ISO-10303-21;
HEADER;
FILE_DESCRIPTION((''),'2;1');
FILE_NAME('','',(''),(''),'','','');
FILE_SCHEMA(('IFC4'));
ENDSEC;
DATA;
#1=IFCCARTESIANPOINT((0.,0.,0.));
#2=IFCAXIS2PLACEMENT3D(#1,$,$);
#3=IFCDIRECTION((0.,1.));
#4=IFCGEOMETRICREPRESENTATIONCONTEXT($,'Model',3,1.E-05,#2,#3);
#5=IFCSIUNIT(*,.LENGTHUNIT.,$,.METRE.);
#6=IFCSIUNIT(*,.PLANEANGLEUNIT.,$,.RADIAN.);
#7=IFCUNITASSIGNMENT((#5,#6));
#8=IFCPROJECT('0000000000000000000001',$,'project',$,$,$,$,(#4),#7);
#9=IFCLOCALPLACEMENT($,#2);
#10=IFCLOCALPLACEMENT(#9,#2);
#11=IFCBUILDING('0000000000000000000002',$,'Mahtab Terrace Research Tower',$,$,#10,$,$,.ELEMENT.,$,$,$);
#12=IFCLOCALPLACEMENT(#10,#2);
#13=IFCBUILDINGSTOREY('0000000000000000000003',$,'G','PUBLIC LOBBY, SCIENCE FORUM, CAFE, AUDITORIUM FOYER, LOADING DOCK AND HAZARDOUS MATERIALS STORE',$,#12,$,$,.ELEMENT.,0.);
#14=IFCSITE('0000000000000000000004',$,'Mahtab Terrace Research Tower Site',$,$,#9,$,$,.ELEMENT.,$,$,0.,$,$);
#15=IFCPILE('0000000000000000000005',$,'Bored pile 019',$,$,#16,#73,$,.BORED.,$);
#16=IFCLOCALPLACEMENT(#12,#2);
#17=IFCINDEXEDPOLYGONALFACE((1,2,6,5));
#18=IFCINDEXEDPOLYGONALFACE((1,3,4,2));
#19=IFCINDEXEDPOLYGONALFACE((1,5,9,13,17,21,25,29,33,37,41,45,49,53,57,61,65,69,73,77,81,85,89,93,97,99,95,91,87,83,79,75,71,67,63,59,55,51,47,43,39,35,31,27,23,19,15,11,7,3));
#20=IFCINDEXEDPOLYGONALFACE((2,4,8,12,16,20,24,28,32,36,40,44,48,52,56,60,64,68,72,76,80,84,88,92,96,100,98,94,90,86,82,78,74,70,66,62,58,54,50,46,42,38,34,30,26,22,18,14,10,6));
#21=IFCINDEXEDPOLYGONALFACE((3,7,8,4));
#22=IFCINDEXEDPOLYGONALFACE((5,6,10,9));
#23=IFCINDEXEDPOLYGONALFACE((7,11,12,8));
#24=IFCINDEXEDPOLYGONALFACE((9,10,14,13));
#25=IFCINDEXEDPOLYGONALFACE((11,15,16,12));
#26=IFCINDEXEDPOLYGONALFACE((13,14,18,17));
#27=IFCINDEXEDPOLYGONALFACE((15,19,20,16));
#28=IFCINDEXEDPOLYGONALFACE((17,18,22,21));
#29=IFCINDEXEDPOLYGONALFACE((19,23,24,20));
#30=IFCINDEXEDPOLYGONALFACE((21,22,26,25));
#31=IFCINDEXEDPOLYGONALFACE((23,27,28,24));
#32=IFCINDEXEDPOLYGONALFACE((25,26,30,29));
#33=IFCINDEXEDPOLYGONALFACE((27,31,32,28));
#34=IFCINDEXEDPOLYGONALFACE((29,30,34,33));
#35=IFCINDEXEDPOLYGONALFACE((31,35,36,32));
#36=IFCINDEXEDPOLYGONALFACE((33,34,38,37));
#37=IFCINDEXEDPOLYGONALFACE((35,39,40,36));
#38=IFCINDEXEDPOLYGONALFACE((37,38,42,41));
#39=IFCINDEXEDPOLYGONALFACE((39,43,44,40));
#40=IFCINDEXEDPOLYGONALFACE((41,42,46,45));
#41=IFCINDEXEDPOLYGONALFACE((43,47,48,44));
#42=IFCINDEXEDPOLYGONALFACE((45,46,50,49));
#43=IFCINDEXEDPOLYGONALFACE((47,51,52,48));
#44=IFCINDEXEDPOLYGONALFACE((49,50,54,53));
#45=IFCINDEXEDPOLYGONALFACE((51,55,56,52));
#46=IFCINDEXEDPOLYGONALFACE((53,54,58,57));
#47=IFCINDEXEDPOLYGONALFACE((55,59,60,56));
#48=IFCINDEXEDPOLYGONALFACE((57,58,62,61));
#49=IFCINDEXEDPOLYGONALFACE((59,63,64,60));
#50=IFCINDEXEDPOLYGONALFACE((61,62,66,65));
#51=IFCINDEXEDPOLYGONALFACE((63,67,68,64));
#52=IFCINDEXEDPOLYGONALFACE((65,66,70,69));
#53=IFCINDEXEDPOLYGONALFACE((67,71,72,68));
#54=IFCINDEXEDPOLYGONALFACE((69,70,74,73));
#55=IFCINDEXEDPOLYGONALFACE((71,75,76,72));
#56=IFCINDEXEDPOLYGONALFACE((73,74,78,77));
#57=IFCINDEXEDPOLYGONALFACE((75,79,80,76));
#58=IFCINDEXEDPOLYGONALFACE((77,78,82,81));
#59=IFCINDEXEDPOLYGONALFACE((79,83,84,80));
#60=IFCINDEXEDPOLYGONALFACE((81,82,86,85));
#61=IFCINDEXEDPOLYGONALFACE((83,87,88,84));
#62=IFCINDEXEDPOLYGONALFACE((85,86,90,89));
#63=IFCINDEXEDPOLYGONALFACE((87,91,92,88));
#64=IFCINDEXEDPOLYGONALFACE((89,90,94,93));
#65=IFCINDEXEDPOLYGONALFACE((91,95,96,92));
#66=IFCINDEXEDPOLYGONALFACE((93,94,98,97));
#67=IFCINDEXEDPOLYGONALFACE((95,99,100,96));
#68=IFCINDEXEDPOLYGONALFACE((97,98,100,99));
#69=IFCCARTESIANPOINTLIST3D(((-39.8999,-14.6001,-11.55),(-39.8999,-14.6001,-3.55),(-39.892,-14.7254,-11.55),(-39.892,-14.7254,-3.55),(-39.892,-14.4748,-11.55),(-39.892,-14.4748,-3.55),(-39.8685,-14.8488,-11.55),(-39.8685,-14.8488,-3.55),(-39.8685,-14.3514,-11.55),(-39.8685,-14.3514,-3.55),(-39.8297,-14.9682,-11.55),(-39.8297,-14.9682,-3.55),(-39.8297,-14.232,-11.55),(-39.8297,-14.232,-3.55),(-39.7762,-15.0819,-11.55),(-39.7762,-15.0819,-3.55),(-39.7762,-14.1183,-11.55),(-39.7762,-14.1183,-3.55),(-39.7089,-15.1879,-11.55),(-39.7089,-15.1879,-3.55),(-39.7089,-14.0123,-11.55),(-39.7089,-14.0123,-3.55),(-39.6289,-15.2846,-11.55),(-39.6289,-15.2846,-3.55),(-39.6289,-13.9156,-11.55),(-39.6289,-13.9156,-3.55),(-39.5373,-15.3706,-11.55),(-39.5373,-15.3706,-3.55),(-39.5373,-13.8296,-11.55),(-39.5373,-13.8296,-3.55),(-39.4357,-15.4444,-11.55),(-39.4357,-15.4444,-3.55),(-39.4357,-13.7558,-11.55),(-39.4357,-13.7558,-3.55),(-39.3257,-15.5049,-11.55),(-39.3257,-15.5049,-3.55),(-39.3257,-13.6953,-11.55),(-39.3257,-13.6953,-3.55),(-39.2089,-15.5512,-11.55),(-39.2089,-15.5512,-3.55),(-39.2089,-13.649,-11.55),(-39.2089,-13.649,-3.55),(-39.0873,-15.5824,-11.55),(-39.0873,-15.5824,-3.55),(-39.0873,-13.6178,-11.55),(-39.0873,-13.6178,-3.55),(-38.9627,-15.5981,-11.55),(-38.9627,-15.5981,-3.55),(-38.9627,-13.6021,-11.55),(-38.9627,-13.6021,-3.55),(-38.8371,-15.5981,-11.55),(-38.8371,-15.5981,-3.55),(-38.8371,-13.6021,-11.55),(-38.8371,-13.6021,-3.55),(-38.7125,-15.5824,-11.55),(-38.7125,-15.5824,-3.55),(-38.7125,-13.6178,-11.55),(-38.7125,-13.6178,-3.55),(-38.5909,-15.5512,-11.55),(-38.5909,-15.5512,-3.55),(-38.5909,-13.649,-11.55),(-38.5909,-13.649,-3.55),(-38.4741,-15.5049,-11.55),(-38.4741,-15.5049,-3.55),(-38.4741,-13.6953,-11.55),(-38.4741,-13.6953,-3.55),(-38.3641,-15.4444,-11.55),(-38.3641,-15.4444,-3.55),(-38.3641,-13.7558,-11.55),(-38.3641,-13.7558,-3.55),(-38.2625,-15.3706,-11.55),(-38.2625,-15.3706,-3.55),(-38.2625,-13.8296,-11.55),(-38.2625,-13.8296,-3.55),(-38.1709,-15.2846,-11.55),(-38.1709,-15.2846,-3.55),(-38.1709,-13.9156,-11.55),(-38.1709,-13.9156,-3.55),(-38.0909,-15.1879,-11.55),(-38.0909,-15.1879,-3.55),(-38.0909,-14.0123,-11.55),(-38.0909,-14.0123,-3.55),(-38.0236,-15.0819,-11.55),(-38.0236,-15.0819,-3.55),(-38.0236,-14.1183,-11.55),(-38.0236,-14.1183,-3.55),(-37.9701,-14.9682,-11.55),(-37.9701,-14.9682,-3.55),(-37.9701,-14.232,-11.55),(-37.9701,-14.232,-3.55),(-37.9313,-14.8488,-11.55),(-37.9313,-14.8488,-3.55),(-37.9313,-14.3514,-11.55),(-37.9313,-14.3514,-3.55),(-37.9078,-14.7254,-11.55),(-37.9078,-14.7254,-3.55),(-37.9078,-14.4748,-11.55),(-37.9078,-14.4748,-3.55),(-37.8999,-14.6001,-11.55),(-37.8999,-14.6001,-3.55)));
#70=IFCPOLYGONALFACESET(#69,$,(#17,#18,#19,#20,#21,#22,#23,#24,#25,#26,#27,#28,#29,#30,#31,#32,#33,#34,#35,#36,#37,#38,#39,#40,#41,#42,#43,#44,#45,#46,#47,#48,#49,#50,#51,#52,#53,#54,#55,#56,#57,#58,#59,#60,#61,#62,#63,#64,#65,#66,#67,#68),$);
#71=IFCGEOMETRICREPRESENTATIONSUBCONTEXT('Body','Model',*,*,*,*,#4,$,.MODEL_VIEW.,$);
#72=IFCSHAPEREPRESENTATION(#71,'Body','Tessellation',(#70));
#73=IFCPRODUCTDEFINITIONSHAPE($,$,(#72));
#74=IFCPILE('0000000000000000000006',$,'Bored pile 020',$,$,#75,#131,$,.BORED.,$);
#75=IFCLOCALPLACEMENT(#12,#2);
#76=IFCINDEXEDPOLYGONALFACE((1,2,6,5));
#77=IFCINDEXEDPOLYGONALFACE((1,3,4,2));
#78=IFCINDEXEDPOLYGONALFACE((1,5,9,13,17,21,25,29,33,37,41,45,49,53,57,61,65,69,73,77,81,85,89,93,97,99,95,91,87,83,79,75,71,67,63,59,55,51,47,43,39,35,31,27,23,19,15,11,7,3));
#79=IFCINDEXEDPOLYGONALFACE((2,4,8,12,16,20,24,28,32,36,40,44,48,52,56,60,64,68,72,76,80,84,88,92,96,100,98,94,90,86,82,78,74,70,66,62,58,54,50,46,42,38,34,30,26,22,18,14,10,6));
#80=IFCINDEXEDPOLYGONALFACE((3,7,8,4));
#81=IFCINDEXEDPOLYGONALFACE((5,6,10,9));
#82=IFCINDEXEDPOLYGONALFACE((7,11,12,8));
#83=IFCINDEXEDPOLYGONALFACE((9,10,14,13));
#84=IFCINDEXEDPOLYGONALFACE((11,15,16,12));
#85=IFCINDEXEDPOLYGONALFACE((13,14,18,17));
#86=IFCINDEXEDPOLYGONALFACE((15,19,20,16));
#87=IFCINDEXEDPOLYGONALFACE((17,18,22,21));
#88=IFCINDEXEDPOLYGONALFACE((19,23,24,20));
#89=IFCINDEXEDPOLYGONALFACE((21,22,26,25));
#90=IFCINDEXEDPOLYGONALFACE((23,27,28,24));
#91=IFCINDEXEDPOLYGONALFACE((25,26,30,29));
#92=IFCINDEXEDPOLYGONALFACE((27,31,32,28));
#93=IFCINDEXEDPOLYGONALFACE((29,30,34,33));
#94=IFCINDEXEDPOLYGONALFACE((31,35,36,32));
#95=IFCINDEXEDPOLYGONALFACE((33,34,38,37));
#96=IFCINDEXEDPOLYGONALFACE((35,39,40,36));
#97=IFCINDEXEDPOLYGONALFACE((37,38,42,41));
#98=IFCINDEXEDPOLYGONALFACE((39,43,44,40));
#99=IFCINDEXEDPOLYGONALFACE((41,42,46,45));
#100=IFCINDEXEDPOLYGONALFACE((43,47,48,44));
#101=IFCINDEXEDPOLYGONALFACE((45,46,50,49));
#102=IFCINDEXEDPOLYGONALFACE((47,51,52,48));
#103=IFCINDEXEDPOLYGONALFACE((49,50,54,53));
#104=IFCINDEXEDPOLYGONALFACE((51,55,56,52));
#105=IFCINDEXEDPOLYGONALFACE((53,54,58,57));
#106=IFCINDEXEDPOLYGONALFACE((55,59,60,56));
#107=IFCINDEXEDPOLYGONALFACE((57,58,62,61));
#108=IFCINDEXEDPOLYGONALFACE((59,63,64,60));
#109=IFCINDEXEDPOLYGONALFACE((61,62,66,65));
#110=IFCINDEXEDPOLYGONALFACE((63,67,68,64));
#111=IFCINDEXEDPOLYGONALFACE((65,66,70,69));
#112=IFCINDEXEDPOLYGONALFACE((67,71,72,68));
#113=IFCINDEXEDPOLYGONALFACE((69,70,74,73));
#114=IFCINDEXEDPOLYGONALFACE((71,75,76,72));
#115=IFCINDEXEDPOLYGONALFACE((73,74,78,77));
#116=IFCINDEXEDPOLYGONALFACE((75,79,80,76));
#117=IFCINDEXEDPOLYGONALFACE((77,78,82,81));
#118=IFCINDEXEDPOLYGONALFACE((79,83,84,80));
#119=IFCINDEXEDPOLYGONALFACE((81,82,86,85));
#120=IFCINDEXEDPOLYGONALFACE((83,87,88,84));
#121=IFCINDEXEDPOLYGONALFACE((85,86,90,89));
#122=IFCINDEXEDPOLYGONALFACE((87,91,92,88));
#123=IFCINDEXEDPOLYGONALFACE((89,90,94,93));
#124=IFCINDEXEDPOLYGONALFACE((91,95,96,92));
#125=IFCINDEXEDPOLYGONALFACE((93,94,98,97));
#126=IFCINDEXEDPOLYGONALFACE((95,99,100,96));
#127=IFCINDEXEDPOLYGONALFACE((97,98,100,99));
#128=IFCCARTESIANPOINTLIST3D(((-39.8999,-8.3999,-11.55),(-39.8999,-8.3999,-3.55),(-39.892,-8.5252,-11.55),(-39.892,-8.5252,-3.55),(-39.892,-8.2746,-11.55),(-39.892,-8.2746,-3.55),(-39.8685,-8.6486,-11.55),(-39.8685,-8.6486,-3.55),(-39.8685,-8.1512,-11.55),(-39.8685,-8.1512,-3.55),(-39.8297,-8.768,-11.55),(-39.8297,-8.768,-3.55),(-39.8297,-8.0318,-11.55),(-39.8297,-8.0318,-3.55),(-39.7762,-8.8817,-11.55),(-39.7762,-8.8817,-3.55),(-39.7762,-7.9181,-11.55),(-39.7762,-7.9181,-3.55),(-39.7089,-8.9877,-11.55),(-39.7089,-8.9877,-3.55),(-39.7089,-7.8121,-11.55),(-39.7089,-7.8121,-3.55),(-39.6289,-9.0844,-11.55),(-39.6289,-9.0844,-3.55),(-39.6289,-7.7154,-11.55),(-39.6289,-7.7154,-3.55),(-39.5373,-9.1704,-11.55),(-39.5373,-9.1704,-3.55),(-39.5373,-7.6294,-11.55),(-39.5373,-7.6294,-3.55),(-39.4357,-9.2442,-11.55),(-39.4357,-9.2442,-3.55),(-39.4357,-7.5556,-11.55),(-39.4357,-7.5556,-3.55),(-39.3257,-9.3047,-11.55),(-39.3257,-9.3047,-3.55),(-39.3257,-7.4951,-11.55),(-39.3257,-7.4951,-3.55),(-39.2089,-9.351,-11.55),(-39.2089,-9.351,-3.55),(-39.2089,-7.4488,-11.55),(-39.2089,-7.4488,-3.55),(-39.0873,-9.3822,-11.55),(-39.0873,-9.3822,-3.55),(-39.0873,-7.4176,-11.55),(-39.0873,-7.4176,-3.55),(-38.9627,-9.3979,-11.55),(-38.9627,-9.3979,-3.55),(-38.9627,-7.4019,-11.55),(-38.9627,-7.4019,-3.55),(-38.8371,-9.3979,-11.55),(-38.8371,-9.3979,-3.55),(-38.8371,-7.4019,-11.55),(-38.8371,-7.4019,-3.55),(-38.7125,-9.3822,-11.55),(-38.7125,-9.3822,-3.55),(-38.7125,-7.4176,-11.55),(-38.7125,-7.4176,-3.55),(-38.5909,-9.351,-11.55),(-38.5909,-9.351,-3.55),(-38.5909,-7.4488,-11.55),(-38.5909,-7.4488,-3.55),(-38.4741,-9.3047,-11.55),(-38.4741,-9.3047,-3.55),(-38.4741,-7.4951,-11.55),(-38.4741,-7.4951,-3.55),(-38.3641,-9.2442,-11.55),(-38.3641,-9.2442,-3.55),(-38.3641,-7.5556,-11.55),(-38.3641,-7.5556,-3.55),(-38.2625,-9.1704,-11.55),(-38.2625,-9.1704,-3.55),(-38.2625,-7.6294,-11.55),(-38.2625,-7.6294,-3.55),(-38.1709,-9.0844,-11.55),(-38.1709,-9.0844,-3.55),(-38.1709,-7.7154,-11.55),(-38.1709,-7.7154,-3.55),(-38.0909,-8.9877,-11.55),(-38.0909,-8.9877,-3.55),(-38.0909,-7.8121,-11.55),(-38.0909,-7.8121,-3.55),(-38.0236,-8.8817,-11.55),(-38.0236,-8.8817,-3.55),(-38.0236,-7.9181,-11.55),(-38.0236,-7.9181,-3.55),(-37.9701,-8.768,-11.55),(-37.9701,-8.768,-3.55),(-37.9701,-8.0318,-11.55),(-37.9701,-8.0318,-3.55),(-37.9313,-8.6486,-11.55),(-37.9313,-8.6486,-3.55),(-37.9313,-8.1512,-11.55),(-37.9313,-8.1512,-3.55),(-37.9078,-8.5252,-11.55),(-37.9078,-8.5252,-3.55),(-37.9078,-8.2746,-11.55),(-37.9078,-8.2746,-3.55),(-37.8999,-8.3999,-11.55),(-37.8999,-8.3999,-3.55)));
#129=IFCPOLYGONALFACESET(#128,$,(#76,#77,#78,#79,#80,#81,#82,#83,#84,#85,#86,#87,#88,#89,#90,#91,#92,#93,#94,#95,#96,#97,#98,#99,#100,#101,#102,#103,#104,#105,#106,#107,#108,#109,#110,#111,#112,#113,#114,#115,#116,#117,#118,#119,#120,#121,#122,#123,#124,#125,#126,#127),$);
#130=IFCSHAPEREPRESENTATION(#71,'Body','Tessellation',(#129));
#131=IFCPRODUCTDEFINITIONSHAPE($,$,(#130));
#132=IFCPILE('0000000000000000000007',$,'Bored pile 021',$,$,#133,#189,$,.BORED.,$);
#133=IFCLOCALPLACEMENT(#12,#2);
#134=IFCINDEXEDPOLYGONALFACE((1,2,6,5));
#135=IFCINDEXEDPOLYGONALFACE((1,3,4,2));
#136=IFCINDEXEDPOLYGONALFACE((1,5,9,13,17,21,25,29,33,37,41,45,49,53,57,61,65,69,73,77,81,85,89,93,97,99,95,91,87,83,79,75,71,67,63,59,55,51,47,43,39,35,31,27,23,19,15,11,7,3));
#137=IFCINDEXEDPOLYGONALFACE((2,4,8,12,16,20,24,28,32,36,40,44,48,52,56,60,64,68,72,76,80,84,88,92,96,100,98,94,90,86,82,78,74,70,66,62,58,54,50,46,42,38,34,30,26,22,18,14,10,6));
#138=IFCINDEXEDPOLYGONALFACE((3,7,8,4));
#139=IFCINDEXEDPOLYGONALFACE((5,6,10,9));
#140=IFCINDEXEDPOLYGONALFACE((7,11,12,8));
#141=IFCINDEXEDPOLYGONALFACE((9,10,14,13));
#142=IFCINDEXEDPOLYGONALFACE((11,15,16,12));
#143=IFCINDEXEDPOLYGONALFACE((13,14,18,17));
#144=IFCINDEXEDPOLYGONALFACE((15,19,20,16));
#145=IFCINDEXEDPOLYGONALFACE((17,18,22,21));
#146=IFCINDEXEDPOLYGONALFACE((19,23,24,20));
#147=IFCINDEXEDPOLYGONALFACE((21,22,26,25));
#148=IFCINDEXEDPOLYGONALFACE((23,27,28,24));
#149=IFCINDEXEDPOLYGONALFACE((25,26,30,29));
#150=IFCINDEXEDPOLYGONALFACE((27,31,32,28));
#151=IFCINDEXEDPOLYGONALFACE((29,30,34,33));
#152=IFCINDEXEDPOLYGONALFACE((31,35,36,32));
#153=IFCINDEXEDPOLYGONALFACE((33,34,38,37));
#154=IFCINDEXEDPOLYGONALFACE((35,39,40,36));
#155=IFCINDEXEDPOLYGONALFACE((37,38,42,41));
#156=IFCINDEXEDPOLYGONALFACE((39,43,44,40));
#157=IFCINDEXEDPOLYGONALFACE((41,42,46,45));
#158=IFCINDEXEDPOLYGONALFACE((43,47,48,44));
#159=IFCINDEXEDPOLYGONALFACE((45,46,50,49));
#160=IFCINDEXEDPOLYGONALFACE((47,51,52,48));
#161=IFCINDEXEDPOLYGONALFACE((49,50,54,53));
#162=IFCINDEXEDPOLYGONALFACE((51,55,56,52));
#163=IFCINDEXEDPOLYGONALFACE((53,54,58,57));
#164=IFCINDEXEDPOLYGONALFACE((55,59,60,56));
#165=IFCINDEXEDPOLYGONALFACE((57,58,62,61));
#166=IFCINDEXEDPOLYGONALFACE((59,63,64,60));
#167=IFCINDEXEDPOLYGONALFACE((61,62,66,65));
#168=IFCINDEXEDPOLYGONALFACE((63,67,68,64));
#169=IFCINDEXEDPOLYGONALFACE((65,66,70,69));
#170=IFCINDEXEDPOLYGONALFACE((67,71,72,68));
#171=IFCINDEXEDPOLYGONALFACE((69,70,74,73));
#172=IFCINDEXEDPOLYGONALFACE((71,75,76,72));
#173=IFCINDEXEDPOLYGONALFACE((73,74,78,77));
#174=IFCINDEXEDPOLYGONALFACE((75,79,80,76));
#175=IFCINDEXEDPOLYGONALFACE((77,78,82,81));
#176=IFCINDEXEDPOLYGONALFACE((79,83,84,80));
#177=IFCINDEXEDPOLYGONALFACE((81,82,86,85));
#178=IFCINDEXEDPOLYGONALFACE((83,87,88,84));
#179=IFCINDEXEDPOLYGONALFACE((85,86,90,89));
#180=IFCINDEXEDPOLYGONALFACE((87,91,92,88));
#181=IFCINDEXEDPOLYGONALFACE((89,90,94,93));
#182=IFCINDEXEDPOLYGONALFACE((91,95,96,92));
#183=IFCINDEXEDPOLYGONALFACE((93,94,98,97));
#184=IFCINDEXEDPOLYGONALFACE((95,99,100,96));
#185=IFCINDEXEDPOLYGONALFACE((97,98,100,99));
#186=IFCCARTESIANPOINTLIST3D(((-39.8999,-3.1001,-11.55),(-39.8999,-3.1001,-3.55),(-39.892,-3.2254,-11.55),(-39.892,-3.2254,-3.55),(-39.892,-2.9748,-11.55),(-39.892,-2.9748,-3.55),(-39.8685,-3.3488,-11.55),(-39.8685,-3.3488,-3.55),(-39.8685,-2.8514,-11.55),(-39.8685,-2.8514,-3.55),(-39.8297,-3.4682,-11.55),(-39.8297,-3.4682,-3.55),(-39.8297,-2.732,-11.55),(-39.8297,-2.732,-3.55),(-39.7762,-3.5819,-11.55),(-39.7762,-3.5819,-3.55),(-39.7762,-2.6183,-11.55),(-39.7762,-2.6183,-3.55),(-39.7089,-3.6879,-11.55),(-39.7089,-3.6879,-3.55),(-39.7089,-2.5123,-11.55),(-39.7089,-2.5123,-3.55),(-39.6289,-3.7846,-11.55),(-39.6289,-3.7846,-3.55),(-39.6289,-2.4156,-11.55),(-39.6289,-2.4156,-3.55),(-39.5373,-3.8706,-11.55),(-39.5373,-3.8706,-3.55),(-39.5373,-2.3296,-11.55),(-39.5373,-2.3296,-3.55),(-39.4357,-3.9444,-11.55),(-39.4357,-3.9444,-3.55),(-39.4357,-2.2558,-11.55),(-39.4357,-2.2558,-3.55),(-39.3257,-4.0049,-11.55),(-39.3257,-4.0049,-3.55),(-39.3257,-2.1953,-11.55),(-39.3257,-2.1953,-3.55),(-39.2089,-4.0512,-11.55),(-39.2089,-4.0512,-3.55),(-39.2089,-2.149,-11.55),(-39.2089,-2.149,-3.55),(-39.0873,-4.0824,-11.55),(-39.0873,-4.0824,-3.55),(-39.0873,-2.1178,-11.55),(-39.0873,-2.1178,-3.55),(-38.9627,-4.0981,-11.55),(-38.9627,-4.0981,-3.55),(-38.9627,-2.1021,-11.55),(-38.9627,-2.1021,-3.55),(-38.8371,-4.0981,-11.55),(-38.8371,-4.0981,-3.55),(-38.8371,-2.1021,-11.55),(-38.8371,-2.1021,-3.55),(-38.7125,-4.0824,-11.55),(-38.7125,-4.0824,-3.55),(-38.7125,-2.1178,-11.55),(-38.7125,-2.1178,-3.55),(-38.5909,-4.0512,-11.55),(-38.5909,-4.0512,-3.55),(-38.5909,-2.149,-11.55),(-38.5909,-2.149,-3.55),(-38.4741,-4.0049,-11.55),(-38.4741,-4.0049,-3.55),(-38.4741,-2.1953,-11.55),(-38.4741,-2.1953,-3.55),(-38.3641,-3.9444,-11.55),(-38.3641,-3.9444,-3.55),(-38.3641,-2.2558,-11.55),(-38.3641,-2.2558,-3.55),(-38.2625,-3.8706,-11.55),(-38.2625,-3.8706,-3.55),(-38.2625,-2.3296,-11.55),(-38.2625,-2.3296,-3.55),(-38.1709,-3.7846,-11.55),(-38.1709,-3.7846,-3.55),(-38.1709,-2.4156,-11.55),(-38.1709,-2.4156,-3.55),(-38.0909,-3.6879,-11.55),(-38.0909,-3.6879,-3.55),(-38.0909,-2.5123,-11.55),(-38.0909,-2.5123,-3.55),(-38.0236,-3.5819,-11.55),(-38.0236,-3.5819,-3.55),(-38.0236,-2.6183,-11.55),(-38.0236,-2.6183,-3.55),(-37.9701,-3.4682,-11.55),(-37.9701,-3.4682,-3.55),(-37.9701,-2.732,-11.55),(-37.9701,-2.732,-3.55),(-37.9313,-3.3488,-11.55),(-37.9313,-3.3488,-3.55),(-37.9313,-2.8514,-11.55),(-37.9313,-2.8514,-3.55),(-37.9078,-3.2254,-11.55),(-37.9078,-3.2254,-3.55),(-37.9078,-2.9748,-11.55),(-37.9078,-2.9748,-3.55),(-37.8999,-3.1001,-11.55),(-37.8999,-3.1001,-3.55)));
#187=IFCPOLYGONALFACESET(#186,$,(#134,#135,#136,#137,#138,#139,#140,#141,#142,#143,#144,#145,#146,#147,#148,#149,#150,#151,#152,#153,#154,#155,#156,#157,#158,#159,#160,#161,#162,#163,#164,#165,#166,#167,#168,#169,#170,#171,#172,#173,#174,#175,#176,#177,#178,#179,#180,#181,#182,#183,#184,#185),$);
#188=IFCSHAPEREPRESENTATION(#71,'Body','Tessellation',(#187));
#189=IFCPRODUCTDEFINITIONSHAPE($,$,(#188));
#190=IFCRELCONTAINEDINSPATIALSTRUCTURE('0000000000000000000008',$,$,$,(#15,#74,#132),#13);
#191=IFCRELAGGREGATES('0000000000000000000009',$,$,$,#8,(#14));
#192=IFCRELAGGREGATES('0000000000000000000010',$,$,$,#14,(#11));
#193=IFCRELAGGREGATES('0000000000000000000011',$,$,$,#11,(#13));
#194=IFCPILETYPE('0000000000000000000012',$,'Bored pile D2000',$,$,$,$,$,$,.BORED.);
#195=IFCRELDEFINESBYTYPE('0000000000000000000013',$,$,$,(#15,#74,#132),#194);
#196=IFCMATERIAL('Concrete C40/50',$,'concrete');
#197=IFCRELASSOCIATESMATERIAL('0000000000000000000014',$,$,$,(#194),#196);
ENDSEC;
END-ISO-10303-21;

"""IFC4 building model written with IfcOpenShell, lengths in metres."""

from ifc_helpers import new_model, si_unit, direction, frame, origin, origin_2d, place, context, subcontext, project, spatial, circle, extrude, material, material_profile, profile_set, type_object, element, save


model = new_model("IFC4")

# Units and contexts
model_context = context("Model", 3, precision=1e-05, world=origin(), true_north=direction((0.0, 1.0)))
body_context = subcontext(model_context, "Body", "Model", "MODEL_VIEW")
ifc_project = project(units=[si_unit("LENGTHUNIT", "METRE"), si_unit("PLANEANGLEUNIT", "RADIAN")], contexts=[model_context])

# Site, building, storey
site_placement = place(None, origin())
site = spatial("IfcSite", under=ifc_project, at=site_placement, Name="Mahtab Terrace Research Tower Site", CompositionType="ELEMENT", RefElevation=0.0)
building_placement = place(site_placement, origin())
building = spatial("IfcBuilding", under=site, at=building_placement, Name="Mahtab Terrace Research Tower", CompositionType="ELEMENT")
storey_placement = place(building_placement, origin())
storey = spatial("IfcBuildingStorey", under=building, at=storey_placement, Name="G", Description="PUBLIC LOBBY, SCIENCE FORUM, CAFE, AUDITORIUM FOYER, LOADING DOCK AND HAZARDOUS MATERIALS STORE", CompositionType="ELEMENT", Elevation=0.0)

# Piles
ifc_material_1 = material(Name="Concrete C40/50", Category="concrete")
ifc_material_profile_1 = material_profile(ifc_material_1, circle(Radius=1.0, at=origin_2d()), Name="Bored pile D2000")
ifc_profile_set_1 = profile_set([ifc_material_profile_1], Name="Concrete C40/50")
pile_type = type_object("IfcPileType", Name="Bored pile D2000", PredefinedType="BORED", material=ifc_profile_set_1)
for number, where, z_axis, x_axis, name in (
    (1, (-38.8999, -14.6001, -3.55), (0.0, 0.0, -1.0), (1.0, 0.0, 0.0), "Bored pile 019"),
    (2, (-38.8999, -8.3999, -3.55), (0.0, 0.0, -1.0), (1.0, 0.0, 0.0), "Bored pile 020"),
    (3, (-38.8999, -3.1001, -3.55), (0.0, 0.0, -1.0), (1.0, 0.0, 0.0), "Bored pile 021"),
):
    element("IfcPile", number, at=place(storey_placement, frame(where, z_axis=z_axis, x_axis=x_axis)), inside=storey, type_object=pile_type, Name=name, PredefinedType="BORED", context=body_context, shape_type="SweptSolid", body=[
        extrude(circle(Radius=1.0, at=origin_2d()), origin(), (0.0, 0.0, 1.0), 8.0),
    ])

save(model, "model.ifc")
